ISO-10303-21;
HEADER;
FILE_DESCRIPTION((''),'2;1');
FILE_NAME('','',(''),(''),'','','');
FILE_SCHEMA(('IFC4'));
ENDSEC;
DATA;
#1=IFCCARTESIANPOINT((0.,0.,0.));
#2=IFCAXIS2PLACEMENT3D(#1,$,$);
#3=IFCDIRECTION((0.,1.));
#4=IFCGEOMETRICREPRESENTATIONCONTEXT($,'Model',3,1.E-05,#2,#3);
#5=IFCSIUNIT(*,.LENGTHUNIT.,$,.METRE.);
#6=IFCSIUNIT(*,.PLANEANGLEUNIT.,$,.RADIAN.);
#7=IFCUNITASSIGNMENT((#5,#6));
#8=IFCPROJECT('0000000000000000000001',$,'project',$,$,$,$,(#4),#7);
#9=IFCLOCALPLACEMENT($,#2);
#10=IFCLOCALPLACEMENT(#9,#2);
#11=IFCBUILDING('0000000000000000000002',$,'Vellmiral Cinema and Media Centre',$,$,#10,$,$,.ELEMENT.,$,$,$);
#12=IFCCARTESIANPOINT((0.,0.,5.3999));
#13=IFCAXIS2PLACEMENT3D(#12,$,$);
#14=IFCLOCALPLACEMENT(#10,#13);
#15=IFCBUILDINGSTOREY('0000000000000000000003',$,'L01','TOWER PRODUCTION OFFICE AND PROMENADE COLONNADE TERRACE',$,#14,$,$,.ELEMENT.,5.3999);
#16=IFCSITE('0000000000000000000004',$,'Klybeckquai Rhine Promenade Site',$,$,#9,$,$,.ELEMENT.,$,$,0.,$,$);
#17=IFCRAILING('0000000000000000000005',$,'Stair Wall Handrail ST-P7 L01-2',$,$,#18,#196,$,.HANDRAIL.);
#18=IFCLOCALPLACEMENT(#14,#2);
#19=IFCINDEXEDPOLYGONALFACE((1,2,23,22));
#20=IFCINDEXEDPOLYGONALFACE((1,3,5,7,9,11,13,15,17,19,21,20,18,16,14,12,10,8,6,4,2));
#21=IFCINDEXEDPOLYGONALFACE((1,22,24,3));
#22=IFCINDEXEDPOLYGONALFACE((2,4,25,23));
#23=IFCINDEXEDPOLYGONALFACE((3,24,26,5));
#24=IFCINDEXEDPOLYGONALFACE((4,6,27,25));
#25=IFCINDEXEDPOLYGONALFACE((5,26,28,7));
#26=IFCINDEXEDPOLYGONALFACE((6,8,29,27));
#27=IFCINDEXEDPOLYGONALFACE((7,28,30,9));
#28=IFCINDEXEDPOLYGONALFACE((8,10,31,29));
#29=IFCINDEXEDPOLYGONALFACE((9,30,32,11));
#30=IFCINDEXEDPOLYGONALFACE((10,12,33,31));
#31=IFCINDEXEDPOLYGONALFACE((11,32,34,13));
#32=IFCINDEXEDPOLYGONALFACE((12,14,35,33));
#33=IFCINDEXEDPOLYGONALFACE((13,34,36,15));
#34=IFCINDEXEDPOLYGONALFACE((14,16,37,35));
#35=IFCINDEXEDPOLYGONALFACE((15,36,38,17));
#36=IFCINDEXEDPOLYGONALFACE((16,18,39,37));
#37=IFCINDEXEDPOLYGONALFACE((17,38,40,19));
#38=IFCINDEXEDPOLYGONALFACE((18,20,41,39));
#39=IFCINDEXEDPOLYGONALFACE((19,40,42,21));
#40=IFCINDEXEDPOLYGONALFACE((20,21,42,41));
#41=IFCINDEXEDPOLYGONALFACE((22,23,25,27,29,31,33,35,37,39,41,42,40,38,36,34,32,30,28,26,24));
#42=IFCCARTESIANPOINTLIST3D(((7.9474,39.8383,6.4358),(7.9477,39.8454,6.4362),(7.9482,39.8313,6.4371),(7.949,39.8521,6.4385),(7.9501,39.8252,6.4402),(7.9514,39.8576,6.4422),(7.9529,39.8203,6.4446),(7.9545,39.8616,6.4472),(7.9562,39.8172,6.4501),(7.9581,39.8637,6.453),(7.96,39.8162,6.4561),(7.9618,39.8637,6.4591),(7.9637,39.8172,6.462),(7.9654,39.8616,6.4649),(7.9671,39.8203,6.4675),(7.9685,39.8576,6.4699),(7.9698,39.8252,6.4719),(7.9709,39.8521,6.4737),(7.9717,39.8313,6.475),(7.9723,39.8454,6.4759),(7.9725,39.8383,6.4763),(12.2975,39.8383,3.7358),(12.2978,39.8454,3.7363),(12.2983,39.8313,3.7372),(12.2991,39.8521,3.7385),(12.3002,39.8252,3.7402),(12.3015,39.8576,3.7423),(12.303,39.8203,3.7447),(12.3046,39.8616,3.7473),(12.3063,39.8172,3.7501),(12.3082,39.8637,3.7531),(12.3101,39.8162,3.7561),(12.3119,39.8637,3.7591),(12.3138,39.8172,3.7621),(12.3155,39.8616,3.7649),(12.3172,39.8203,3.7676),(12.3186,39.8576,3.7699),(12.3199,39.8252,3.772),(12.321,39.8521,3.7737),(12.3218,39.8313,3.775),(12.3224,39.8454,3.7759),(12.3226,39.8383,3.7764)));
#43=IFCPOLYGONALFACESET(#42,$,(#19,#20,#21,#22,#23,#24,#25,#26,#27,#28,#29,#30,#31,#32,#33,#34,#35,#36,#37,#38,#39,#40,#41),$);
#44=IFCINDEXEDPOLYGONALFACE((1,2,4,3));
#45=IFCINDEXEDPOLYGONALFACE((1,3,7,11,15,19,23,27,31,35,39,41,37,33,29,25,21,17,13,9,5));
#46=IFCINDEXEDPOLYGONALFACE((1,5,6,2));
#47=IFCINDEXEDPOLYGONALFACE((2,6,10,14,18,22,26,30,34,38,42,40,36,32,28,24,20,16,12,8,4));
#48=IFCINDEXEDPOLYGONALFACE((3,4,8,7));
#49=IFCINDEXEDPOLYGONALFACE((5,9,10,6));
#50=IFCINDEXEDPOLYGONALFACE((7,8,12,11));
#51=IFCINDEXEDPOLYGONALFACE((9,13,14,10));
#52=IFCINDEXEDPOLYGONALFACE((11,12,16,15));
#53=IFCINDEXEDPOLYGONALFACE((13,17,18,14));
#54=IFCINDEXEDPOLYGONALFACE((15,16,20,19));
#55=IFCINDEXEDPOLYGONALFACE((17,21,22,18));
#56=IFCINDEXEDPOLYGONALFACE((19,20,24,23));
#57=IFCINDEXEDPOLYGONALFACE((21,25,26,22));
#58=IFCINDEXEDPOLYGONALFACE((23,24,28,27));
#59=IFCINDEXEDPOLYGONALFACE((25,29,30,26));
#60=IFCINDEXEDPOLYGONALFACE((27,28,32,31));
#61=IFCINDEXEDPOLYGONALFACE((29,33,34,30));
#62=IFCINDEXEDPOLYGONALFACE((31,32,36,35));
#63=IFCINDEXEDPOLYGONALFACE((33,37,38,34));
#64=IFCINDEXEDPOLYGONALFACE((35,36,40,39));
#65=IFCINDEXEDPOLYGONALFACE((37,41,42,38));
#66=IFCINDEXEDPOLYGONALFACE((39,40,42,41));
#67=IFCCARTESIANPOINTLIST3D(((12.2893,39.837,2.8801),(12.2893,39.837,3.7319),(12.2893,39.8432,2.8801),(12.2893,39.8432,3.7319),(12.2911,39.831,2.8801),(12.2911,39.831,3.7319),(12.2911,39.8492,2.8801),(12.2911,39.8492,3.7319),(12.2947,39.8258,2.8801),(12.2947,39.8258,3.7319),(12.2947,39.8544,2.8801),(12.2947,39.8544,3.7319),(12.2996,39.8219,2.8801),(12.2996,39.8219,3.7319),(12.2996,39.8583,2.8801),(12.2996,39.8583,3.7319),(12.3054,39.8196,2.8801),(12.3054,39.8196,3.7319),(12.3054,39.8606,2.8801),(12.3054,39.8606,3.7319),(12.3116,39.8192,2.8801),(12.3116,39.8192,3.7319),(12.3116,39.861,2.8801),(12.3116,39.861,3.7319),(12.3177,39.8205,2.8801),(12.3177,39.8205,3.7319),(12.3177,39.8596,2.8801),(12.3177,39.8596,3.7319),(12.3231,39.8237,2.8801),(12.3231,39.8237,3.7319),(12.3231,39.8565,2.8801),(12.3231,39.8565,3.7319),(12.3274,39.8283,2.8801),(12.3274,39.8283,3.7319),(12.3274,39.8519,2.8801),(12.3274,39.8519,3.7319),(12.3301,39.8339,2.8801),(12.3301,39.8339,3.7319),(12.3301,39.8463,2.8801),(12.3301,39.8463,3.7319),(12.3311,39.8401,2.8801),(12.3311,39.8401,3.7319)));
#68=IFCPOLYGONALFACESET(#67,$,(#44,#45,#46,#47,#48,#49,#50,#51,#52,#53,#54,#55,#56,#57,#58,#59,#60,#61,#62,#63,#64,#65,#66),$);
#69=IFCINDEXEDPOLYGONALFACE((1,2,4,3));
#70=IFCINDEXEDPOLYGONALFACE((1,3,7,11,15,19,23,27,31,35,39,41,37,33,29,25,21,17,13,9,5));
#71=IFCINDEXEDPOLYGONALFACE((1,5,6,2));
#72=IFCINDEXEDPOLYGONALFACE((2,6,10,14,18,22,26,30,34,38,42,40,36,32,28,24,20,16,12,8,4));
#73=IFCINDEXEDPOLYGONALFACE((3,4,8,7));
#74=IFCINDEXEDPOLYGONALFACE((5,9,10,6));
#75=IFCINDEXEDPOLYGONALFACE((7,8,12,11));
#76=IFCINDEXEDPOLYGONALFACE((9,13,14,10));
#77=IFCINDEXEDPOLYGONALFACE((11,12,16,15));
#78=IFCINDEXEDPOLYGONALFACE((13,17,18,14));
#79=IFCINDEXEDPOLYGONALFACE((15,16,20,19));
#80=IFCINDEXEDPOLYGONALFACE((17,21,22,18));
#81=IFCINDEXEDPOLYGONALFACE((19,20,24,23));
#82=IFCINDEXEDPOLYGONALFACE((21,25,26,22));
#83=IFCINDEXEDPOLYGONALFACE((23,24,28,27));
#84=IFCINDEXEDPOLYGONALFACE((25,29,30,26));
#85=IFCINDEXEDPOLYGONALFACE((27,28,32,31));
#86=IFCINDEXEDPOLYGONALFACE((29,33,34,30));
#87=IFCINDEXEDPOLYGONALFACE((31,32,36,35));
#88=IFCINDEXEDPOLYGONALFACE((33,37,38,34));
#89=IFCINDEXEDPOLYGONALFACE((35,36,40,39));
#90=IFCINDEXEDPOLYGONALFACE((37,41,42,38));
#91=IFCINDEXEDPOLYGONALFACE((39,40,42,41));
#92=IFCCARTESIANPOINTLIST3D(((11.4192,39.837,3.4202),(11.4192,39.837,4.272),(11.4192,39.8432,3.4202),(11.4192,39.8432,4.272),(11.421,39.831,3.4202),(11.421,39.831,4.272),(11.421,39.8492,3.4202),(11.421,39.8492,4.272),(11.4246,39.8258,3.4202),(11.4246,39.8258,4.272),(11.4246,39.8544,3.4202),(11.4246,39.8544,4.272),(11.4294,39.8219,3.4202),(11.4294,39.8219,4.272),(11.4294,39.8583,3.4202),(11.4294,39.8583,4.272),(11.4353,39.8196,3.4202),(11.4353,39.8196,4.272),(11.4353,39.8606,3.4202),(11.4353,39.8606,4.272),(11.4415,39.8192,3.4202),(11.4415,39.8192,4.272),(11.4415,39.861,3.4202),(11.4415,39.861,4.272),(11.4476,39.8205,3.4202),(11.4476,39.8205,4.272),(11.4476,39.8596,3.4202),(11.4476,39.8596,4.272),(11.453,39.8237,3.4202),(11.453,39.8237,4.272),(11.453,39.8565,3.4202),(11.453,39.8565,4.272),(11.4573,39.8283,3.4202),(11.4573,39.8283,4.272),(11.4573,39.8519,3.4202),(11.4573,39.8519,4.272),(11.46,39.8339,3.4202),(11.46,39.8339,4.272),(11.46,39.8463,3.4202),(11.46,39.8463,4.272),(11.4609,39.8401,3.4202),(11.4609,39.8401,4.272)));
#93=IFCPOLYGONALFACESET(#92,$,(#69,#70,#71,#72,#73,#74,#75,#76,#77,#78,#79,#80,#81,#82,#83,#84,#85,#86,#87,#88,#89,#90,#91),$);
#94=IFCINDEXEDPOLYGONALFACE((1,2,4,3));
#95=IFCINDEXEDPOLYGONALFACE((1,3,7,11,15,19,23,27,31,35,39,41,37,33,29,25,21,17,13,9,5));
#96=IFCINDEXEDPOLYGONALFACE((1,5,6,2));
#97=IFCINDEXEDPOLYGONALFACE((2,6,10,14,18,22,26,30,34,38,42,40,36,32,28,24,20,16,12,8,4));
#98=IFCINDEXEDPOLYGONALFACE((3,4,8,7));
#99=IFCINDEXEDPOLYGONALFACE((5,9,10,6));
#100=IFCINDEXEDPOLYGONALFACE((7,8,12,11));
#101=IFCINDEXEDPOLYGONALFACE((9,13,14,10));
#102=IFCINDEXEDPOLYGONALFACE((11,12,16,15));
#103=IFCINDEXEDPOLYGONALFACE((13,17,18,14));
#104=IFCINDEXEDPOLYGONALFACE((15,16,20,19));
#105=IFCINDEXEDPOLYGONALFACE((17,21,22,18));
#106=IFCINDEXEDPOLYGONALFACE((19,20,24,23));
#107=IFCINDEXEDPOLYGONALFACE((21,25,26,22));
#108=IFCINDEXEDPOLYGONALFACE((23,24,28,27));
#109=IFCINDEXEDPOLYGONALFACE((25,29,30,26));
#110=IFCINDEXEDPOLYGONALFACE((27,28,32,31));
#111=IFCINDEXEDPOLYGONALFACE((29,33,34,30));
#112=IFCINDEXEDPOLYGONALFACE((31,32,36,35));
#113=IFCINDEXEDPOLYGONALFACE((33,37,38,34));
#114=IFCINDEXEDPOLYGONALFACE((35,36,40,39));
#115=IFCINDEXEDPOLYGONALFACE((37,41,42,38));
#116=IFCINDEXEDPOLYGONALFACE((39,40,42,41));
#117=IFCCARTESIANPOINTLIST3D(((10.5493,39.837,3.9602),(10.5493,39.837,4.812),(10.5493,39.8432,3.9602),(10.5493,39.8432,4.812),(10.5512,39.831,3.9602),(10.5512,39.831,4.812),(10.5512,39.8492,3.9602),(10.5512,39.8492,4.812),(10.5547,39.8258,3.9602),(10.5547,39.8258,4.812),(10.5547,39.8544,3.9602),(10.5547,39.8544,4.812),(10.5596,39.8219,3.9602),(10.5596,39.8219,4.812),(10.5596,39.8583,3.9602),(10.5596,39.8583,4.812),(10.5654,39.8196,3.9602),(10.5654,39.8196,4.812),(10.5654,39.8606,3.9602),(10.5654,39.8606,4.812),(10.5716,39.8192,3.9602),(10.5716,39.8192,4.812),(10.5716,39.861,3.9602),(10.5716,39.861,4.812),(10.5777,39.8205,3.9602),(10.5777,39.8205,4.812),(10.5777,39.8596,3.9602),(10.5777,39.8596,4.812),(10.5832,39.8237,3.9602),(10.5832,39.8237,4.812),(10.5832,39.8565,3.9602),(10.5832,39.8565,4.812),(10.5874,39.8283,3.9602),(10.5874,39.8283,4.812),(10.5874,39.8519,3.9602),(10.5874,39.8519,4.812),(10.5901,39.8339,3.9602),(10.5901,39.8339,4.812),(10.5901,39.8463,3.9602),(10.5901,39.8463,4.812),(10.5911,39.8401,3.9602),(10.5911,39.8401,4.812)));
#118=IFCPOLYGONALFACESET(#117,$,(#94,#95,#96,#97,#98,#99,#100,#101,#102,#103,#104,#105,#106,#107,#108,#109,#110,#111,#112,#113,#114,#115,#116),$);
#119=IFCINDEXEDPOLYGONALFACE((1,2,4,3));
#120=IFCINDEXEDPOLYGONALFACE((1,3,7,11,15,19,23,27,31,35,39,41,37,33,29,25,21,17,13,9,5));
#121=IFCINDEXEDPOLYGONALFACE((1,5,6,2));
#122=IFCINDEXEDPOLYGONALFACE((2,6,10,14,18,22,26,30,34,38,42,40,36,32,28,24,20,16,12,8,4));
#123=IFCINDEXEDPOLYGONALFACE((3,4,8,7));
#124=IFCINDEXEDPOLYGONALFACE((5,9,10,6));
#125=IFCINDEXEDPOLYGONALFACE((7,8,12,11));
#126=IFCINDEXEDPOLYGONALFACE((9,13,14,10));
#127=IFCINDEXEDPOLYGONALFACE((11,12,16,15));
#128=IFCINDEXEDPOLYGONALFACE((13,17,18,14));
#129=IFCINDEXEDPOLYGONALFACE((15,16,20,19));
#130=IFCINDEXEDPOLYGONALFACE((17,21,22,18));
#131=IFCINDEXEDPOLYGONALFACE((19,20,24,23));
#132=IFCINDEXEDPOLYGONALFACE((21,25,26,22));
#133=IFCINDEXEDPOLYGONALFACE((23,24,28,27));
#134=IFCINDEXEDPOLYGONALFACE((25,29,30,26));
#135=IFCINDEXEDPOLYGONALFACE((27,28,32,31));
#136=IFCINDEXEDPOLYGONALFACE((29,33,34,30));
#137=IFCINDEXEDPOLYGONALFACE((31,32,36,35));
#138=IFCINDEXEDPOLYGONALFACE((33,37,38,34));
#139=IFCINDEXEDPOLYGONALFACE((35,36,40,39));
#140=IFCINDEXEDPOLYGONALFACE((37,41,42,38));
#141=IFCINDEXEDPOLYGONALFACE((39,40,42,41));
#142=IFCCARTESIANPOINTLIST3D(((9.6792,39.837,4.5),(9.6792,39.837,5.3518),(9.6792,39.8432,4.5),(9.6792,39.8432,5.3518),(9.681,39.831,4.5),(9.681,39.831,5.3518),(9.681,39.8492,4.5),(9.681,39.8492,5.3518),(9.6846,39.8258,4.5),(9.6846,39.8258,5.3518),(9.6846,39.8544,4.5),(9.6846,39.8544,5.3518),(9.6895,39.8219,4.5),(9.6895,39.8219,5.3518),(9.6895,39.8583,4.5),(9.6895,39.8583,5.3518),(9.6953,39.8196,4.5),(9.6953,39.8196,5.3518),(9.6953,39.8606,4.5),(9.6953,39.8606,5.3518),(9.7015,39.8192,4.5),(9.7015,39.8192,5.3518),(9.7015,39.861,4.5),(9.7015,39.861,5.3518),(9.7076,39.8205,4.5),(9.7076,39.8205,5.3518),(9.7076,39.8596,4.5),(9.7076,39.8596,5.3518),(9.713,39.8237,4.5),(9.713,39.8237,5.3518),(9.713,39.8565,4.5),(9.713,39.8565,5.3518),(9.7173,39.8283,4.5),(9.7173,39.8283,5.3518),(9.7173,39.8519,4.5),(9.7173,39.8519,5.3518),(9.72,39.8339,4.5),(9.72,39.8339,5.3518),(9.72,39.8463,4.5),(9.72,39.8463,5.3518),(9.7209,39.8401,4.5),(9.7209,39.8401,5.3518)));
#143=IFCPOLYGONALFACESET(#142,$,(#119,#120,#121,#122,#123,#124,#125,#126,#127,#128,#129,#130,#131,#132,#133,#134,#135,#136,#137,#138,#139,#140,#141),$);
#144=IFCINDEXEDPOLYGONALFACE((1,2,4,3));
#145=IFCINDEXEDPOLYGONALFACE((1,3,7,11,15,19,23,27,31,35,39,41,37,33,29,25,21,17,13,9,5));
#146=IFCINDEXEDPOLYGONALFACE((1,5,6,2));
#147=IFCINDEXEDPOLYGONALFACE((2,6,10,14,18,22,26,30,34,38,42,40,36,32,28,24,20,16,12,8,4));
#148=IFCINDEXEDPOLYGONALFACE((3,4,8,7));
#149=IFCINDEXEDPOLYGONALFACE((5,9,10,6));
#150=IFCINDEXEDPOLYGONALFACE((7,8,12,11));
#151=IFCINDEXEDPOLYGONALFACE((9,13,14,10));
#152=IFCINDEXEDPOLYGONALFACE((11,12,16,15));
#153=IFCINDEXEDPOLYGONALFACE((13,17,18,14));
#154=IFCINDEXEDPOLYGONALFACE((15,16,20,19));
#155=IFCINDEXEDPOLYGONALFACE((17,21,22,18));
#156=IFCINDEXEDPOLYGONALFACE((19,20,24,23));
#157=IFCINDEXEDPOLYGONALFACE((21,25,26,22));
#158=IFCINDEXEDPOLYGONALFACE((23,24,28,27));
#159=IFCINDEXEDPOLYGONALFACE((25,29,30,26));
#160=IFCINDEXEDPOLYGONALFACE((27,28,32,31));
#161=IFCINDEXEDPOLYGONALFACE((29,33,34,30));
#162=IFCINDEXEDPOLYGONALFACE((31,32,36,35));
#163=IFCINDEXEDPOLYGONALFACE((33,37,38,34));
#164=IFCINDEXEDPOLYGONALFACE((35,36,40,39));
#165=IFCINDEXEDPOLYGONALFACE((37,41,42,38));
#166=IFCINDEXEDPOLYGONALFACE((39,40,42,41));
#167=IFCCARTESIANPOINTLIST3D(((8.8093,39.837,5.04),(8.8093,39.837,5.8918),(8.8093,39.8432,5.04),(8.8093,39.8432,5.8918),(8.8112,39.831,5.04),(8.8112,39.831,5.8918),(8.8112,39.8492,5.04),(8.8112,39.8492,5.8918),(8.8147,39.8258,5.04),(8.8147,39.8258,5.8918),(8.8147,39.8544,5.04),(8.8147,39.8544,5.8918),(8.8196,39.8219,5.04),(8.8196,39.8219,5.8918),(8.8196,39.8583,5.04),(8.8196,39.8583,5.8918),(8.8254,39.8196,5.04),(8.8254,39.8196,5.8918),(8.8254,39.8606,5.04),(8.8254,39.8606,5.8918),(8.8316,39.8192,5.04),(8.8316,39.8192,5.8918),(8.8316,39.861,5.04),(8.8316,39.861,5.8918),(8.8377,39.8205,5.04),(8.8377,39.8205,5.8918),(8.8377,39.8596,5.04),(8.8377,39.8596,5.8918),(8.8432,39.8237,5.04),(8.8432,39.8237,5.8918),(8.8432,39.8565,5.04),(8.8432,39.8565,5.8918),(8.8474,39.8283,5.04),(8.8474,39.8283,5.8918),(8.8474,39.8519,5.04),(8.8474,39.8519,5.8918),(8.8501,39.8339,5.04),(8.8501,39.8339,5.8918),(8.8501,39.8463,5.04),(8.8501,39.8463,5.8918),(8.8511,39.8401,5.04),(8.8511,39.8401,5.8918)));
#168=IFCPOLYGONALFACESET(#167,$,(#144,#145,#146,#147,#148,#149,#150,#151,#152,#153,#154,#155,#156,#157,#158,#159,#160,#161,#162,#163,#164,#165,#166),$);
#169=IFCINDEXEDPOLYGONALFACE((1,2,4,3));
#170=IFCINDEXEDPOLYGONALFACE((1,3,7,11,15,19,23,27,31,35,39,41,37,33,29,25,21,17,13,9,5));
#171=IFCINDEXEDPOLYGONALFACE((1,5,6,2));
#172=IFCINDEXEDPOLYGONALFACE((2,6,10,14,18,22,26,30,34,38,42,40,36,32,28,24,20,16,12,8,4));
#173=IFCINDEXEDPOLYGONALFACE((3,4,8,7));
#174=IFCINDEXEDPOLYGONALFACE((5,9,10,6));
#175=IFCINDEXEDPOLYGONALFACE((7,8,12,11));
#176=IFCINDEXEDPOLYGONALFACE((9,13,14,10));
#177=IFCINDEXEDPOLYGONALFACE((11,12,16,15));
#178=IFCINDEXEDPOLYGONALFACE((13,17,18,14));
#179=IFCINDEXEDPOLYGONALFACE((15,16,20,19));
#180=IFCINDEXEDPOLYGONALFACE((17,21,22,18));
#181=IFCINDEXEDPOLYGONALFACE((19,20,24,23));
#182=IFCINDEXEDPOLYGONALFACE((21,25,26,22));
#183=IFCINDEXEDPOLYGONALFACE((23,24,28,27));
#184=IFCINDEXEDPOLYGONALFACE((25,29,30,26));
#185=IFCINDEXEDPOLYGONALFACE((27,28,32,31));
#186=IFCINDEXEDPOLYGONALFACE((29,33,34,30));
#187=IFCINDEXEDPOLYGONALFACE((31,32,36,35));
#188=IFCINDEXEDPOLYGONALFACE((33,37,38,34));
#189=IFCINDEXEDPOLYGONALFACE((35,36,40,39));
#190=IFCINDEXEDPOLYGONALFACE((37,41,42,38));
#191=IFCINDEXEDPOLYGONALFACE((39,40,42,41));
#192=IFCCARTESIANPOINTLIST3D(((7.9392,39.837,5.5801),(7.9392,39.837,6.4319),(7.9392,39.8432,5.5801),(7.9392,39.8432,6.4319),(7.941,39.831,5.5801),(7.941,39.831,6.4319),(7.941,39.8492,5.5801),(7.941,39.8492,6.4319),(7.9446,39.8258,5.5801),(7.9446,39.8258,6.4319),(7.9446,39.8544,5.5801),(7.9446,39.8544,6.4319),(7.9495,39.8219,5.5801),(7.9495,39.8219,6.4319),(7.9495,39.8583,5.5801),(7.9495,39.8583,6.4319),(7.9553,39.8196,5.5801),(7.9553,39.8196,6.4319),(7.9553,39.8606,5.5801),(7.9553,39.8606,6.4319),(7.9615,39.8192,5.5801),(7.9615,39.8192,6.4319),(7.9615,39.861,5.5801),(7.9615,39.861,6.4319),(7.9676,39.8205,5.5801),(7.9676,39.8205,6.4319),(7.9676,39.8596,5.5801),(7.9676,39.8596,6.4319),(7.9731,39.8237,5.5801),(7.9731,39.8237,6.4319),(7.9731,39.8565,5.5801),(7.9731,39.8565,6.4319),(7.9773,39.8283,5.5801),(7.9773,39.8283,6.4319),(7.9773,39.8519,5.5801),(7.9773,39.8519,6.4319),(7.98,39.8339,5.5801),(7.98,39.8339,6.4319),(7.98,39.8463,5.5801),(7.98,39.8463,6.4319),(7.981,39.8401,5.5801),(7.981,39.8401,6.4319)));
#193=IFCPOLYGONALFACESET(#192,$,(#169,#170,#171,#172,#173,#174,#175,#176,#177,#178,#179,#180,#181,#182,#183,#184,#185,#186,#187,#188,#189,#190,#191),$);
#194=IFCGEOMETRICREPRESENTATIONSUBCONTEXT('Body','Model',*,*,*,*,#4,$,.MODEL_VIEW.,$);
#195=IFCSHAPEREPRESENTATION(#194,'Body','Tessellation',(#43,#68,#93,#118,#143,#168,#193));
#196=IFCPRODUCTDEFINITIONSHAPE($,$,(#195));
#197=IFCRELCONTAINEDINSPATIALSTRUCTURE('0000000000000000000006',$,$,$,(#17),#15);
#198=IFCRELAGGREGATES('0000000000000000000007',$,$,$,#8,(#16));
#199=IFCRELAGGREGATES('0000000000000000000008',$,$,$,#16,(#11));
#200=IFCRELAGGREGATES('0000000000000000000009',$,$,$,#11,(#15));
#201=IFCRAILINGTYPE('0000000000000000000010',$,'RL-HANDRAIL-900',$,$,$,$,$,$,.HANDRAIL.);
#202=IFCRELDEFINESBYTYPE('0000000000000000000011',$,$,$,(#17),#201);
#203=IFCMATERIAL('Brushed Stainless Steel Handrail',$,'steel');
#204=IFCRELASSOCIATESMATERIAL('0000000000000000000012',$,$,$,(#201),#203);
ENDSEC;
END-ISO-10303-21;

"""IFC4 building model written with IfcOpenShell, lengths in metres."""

from ifc_helpers import new_model, si_unit, direction, frame, origin, origin_2d, place, context, subcontext, project, spatial, circle, extrude, material, type_object, element, save


model = new_model("IFC4")

# Units and contexts
model_context = context("Model", 3, precision=1e-05, world=origin(), true_north=direction((0.0, 1.0)))
body_context = subcontext(model_context, "Body", "Model", "MODEL_VIEW")
ifc_project = project(units=[si_unit("LENGTHUNIT", "METRE"), si_unit("PLANEANGLEUNIT", "RADIAN")], contexts=[model_context])

# Site, building, storey
site_placement = place(None, origin())
site = spatial("IfcSite", under=ifc_project, at=site_placement, Name="Klybeckquai Rhine Promenade Site", CompositionType="ELEMENT", RefElevation=0.0)
building_placement = place(site_placement, origin())
building = spatial("IfcBuilding", under=site, at=building_placement, Name="Vellmiral Cinema and Media Centre", CompositionType="ELEMENT")
storey_placement = place(building_placement, frame((0.0, 0.0, 5.3999)))
storey = spatial("IfcBuildingStorey", under=building, at=storey_placement, Name="L01", Description="TOWER PRODUCTION OFFICE AND PROMENADE COLONNADE TERRACE", CompositionType="ELEMENT", Elevation=5.3999)

# Railing
ifc_material_1 = material(Name="Brushed Stainless Steel Handrail", Category="steel")
railing_type = type_object("IfcRailingType", Name="RL-HANDRAIL-900", PredefinedType="HANDRAIL", material=ifc_material_1)
railing_placement = place(storey_placement, frame((12.3101, 39.8401, 2.8801)))
element("IfcRailing", 1, at=railing_placement, inside=storey, type_object=railing_type, Name="Stair Wall Handrail ST-P7 L01-2", PredefinedType="HANDRAIL", context=body_context, shape_type="SweptSolid", body=[
    extrude(circle(Radius=0.0239, at=origin_2d()), frame((0.0, 0.0, 0.876), z_axis=(-0.84965, 0.0, 0.527347), x_axis=(0.0, -1.0, 0.0)), (0.0, 0.0, 1.0), 5.1199),
    extrude(circle(Radius=0.021, at=origin_2d()), origin(), (0.0, 0.0, 1.0), 0.8518),
    extrude(circle(Radius=0.021, at=origin_2d()), frame((-0.8701, 0.0, 0.54)), (0.0, 0.0, 1.0), 0.8518),
    extrude(circle(Radius=0.021, at=origin_2d()), frame((-1.74, 0.0, 1.0801)), (0.0, 0.0, 1.0), 0.8518),
    extrude(circle(Radius=0.021, at=origin_2d()), frame((-2.6101, 0.0, 1.6199)), (0.0, 0.0, 1.0), 0.8518),
    extrude(circle(Radius=0.021, at=origin_2d()), frame((-3.48, 0.0, 2.1599)), (0.0, 0.0, 1.0), 0.8518),
    extrude(circle(Radius=0.021, at=origin_2d()), frame((-4.3501, 0.0, 2.7)), (0.0, 0.0, 1.0), 0.8518),
])

save(model, "model.ifc")
